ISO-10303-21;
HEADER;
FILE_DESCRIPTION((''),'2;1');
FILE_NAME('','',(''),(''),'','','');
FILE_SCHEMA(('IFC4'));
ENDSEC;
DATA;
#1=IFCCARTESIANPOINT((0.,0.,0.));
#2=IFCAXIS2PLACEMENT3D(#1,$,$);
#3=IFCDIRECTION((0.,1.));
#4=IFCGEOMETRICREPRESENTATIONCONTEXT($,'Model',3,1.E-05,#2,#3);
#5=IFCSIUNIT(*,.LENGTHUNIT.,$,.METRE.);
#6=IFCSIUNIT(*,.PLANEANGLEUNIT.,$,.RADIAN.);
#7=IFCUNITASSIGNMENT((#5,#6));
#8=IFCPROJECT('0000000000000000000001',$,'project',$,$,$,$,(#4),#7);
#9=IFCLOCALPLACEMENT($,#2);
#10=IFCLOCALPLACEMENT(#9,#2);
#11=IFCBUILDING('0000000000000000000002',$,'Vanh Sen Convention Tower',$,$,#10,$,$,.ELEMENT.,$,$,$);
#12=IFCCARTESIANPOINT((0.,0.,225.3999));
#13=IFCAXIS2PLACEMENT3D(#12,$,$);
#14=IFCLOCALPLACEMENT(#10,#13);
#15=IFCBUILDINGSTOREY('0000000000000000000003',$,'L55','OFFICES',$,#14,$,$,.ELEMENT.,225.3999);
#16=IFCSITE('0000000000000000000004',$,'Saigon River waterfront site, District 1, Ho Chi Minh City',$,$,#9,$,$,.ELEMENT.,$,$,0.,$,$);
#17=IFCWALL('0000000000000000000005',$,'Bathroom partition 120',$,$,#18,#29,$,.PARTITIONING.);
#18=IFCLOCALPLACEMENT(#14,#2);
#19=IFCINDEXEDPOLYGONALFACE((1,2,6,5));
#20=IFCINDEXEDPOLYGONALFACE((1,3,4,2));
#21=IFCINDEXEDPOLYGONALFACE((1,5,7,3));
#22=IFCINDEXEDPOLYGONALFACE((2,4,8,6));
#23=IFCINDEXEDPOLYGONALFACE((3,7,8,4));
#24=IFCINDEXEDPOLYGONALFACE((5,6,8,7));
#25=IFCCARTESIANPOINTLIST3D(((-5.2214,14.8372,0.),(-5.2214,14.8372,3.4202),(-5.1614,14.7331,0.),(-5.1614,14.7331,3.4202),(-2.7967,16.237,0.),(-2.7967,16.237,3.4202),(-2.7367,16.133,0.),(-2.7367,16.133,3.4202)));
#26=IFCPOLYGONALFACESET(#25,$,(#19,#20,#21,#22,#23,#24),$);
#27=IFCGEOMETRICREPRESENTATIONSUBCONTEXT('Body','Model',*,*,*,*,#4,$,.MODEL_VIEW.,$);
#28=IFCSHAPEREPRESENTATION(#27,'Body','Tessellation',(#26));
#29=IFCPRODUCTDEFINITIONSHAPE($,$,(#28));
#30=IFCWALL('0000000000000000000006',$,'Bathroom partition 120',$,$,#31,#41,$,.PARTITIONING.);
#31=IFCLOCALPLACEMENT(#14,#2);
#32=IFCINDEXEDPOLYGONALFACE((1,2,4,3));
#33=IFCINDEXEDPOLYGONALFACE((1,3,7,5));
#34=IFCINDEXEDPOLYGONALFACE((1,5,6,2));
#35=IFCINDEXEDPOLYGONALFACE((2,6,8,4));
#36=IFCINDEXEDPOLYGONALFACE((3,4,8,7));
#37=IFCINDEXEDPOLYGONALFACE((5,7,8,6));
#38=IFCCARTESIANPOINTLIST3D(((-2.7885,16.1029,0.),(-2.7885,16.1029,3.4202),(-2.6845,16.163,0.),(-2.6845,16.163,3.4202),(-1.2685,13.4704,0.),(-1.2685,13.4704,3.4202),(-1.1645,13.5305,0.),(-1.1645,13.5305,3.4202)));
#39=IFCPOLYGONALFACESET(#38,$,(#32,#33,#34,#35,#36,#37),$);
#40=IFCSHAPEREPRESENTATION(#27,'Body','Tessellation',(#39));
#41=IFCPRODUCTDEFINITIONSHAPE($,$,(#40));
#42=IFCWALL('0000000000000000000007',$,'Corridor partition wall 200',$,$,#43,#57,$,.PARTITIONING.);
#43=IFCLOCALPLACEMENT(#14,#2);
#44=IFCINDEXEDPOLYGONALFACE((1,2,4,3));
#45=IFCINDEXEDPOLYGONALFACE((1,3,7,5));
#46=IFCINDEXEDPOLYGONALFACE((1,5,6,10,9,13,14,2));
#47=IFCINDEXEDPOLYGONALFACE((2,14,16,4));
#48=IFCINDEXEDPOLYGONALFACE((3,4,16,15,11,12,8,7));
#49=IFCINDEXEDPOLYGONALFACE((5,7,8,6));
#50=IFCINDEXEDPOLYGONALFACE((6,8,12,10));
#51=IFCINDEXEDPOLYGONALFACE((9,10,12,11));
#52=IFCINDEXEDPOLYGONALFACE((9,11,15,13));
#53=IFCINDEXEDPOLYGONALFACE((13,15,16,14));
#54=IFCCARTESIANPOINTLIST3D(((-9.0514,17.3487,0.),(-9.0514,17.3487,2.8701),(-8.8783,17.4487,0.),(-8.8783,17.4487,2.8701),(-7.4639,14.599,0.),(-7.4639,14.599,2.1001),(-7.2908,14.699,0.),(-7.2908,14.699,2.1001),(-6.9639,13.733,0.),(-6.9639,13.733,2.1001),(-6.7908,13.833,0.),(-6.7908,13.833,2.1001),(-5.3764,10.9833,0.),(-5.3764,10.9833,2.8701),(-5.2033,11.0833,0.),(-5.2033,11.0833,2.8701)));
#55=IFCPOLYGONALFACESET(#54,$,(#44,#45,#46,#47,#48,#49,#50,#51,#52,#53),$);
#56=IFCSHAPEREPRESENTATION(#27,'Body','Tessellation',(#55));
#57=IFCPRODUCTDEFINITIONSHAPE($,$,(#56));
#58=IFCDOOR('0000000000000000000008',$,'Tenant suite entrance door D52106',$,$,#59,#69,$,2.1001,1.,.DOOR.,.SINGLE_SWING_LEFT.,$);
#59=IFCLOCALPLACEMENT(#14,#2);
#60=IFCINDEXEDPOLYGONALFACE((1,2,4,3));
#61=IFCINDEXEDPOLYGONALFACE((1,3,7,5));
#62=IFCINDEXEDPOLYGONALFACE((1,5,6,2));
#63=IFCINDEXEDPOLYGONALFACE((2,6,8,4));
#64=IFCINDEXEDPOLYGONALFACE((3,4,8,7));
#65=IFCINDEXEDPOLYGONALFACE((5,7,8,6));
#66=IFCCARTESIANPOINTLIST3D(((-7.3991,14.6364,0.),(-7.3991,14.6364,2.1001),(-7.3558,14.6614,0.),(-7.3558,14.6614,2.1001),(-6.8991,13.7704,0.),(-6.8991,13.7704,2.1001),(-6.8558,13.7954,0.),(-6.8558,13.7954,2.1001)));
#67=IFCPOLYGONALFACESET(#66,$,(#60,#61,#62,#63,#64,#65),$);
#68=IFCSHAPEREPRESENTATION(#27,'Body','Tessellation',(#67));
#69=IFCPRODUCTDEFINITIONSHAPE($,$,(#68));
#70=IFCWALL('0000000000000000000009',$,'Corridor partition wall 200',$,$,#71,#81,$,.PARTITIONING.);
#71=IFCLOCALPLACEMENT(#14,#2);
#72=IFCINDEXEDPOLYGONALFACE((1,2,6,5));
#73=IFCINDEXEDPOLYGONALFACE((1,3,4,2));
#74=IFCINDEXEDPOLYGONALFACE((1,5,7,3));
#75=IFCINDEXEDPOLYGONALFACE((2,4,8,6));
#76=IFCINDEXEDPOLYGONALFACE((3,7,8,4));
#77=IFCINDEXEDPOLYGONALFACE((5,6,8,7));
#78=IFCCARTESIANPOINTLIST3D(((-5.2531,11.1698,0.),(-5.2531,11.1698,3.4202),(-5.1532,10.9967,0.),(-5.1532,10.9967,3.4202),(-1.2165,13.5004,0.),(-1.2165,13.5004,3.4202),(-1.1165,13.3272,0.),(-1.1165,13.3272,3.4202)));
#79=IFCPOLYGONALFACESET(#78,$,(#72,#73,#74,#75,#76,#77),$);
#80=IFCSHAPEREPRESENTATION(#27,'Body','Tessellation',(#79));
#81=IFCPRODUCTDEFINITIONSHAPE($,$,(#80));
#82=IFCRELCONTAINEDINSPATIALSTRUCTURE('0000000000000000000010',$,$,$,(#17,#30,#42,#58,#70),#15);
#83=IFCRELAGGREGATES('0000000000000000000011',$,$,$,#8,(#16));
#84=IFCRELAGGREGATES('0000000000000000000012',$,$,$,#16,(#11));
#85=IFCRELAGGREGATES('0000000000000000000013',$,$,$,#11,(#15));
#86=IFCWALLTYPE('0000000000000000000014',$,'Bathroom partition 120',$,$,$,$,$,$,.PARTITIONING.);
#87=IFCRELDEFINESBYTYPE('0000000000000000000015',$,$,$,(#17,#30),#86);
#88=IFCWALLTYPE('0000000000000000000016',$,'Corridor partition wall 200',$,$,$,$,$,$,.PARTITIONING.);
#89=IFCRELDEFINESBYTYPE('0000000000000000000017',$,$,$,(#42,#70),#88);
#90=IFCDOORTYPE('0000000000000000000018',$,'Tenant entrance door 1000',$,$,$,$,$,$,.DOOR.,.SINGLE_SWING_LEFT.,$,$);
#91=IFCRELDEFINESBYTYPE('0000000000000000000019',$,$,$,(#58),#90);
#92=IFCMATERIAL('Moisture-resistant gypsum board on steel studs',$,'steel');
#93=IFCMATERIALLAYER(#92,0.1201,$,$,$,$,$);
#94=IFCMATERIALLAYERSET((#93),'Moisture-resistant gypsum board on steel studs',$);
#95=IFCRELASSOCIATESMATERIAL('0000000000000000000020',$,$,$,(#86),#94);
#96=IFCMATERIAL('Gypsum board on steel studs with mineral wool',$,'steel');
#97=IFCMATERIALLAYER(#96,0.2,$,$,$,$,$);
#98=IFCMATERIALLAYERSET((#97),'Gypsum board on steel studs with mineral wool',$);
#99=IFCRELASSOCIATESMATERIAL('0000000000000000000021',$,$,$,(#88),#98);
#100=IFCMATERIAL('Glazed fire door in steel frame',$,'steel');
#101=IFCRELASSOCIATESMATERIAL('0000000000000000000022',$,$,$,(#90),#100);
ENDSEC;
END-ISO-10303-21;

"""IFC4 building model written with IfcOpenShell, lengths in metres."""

from ifc_helpers import new_model, si_unit, direction, frame, frame_2d, origin, place, context, subcontext, project, spatial, rectangle, extrude, material, layer, layer_set, type_object, element, fill, save


model = new_model("IFC4")

# Units and contexts
model_context = context("Model", 3, precision=1e-05, world=origin(), true_north=direction((0.0, 1.0)))
body_context = subcontext(model_context, "Body", "Model", "MODEL_VIEW")
ifc_project = project(units=[si_unit("LENGTHUNIT", "METRE"), si_unit("PLANEANGLEUNIT", "RADIAN")], contexts=[model_context])

# Site, building, storey
site_placement = place(None, origin())
site = spatial("IfcSite", under=ifc_project, at=site_placement, Name="Saigon River waterfront site, District 1, Ho Chi Minh City", CompositionType="ELEMENT", RefElevation=0.0)
building_placement = place(site_placement, origin())
building = spatial("IfcBuilding", under=site, at=building_placement, Name="Vanh Sen Convention Tower", CompositionType="ELEMENT")
storey_placement = place(building_placement, frame((0.0, 0.0, 225.3999)))
storey = spatial("IfcBuildingStorey", under=building, at=storey_placement, Name="L55", Description="OFFICES", CompositionType="ELEMENT", Elevation=225.3999)

# Walls
ifc_material_1 = material(Name="Moisture-resistant gypsum board on steel studs", Category="steel")
ifc_layer_1 = layer(ifc_material_1, 0.1201)
ifc_layer_set_1 = layer_set([ifc_layer_1], Name="Moisture-resistant gypsum board on steel studs")
wall_type_1 = type_object("IfcWallType", Name="Bathroom partition 120", PredefinedType="PARTITIONING", material=ifc_layer_set_1)
wall_1_placement = place(storey_placement, frame((-5.1914, 14.7852, 0.0), z_axis=(0.0, 0.0, 1.0), x_axis=(0.866035, 0.499984, 0.0)))
element("IfcWall", 1, at=wall_1_placement, inside=storey, type_object=wall_type_1, Name="Bathroom partition 120", PredefinedType="PARTITIONING", context=body_context, shape_type="SweptSolid", body=[
    extrude(rectangle(XDim=2.7998, YDim=0.1201, at=frame_2d((1.3999, 0.0))), origin(), (0.0, 0.0, 1.0), 3.4202),
])
wall_2_placement = place(storey_placement, frame((-2.7366, 16.1331, 0.0), z_axis=(0.0, 0.0, 1.0), x_axis=(0.500026, -0.86601, 0.0)))
element("IfcWall", 2, at=wall_2_placement, inside=storey, type_object=wall_type_1, Name="Bathroom partition 120", PredefinedType="PARTITIONING", context=body_context, shape_type="SweptSolid", body=[
    extrude(rectangle(XDim=3.0398, YDim=0.1201, at=frame_2d((1.52, 0.0))), origin(), (0.0, 0.0, 1.0), 3.4202),
])

# Wall, opening, door
ifc_material_2 = material(Name="Gypsum board on steel studs with mineral wool", Category="steel")
ifc_layer_2 = layer(ifc_material_2, 0.2)
ifc_layer_set_2 = layer_set([ifc_layer_2], Name="Gypsum board on steel studs with mineral wool")
wall_type_2 = type_object("IfcWallType", Name="Corridor partition wall 200", PredefinedType="PARTITIONING", material=ifc_layer_set_2)
wall_3_placement = place(storey_placement, frame((-8.9648, 17.3987, 0.0), z_axis=(0.0, 0.0, 1.0), x_axis=(0.499994, -0.866029, 0.0)))
wall_3 = element("IfcWall", 3, at=wall_3_placement, inside=storey, type_object=wall_type_2, Name="Corridor partition wall 200", PredefinedType="PARTITIONING", context=body_context, shape_type="SweptSolid", body=[
    extrude(rectangle(XDim=7.3501, YDim=0.2, at=frame_2d((3.675, 0.0))), origin(), (0.0, 0.0, 1.0), 2.8701),
])
opening_1_placement = place(wall_3_placement, frame((3.175, 0.0, 0.0)))
opening_1 = element("IfcOpeningElement", 4, at=opening_1_placement, cuts=wall_3, PredefinedType="OPENING", context=body_context, shape_type="SweptSolid", body=[
    extrude(rectangle(XDim=1.0, YDim=2.1001, at=frame_2d((0.5, 1.05))), frame((0.0, 0.1099, 0.0), z_axis=(0.0, -1.0, 0.0), x_axis=(1.0, 0.0, 0.0)), (0.0, 0.0, 1.0), 0.22),
])
ifc_material_3 = material(Name="Glazed fire door in steel frame", Category="steel")
door_type = type_object("IfcDoorType", Name="Tenant entrance door 1000", OperationType="SINGLE_SWING_LEFT", PredefinedType="DOOR", material=ifc_material_3)
door_placement = place(opening_1_placement, origin())
door = element("IfcDoor", 5, at=door_placement, inside=storey, type_object=door_type, Name="Tenant suite entrance door D52106", OperationType="SINGLE_SWING_LEFT", OverallHeight=2.1001, OverallWidth=1.0, PredefinedType="DOOR", context=body_context, shape_type="SweptSolid", body=[
    extrude(rectangle(XDim=1.0, YDim=2.1001, at=frame_2d((0.5, 1.05))), frame((0.0, 0.0249, 0.0), z_axis=(0.0, -1.0, 0.0), x_axis=(1.0, 0.0, 0.0)), (0.0, 0.0, 1.0), 0.05),
])
fill(opening_1, door)

# Wall
wall_4_placement = place(storey_placement, frame((-1.1665, 13.4138, 0.0), z_axis=(0.0, 0.0, 1.0), x_axis=(-0.866023, -0.500004, 0.0)))
element("IfcWall", 6, at=wall_4_placement, inside=storey, type_object=wall_type_2, Name="Corridor partition wall 200", PredefinedType="PARTITIONING", context=body_context, shape_type="SweptSolid", body=[
    extrude(rectangle(XDim=4.6611, YDim=0.2, at=frame_2d((2.3306, 0.0))), origin(), (0.0, 0.0, 1.0), 3.4202),
])

save(model, "model.ifc")
